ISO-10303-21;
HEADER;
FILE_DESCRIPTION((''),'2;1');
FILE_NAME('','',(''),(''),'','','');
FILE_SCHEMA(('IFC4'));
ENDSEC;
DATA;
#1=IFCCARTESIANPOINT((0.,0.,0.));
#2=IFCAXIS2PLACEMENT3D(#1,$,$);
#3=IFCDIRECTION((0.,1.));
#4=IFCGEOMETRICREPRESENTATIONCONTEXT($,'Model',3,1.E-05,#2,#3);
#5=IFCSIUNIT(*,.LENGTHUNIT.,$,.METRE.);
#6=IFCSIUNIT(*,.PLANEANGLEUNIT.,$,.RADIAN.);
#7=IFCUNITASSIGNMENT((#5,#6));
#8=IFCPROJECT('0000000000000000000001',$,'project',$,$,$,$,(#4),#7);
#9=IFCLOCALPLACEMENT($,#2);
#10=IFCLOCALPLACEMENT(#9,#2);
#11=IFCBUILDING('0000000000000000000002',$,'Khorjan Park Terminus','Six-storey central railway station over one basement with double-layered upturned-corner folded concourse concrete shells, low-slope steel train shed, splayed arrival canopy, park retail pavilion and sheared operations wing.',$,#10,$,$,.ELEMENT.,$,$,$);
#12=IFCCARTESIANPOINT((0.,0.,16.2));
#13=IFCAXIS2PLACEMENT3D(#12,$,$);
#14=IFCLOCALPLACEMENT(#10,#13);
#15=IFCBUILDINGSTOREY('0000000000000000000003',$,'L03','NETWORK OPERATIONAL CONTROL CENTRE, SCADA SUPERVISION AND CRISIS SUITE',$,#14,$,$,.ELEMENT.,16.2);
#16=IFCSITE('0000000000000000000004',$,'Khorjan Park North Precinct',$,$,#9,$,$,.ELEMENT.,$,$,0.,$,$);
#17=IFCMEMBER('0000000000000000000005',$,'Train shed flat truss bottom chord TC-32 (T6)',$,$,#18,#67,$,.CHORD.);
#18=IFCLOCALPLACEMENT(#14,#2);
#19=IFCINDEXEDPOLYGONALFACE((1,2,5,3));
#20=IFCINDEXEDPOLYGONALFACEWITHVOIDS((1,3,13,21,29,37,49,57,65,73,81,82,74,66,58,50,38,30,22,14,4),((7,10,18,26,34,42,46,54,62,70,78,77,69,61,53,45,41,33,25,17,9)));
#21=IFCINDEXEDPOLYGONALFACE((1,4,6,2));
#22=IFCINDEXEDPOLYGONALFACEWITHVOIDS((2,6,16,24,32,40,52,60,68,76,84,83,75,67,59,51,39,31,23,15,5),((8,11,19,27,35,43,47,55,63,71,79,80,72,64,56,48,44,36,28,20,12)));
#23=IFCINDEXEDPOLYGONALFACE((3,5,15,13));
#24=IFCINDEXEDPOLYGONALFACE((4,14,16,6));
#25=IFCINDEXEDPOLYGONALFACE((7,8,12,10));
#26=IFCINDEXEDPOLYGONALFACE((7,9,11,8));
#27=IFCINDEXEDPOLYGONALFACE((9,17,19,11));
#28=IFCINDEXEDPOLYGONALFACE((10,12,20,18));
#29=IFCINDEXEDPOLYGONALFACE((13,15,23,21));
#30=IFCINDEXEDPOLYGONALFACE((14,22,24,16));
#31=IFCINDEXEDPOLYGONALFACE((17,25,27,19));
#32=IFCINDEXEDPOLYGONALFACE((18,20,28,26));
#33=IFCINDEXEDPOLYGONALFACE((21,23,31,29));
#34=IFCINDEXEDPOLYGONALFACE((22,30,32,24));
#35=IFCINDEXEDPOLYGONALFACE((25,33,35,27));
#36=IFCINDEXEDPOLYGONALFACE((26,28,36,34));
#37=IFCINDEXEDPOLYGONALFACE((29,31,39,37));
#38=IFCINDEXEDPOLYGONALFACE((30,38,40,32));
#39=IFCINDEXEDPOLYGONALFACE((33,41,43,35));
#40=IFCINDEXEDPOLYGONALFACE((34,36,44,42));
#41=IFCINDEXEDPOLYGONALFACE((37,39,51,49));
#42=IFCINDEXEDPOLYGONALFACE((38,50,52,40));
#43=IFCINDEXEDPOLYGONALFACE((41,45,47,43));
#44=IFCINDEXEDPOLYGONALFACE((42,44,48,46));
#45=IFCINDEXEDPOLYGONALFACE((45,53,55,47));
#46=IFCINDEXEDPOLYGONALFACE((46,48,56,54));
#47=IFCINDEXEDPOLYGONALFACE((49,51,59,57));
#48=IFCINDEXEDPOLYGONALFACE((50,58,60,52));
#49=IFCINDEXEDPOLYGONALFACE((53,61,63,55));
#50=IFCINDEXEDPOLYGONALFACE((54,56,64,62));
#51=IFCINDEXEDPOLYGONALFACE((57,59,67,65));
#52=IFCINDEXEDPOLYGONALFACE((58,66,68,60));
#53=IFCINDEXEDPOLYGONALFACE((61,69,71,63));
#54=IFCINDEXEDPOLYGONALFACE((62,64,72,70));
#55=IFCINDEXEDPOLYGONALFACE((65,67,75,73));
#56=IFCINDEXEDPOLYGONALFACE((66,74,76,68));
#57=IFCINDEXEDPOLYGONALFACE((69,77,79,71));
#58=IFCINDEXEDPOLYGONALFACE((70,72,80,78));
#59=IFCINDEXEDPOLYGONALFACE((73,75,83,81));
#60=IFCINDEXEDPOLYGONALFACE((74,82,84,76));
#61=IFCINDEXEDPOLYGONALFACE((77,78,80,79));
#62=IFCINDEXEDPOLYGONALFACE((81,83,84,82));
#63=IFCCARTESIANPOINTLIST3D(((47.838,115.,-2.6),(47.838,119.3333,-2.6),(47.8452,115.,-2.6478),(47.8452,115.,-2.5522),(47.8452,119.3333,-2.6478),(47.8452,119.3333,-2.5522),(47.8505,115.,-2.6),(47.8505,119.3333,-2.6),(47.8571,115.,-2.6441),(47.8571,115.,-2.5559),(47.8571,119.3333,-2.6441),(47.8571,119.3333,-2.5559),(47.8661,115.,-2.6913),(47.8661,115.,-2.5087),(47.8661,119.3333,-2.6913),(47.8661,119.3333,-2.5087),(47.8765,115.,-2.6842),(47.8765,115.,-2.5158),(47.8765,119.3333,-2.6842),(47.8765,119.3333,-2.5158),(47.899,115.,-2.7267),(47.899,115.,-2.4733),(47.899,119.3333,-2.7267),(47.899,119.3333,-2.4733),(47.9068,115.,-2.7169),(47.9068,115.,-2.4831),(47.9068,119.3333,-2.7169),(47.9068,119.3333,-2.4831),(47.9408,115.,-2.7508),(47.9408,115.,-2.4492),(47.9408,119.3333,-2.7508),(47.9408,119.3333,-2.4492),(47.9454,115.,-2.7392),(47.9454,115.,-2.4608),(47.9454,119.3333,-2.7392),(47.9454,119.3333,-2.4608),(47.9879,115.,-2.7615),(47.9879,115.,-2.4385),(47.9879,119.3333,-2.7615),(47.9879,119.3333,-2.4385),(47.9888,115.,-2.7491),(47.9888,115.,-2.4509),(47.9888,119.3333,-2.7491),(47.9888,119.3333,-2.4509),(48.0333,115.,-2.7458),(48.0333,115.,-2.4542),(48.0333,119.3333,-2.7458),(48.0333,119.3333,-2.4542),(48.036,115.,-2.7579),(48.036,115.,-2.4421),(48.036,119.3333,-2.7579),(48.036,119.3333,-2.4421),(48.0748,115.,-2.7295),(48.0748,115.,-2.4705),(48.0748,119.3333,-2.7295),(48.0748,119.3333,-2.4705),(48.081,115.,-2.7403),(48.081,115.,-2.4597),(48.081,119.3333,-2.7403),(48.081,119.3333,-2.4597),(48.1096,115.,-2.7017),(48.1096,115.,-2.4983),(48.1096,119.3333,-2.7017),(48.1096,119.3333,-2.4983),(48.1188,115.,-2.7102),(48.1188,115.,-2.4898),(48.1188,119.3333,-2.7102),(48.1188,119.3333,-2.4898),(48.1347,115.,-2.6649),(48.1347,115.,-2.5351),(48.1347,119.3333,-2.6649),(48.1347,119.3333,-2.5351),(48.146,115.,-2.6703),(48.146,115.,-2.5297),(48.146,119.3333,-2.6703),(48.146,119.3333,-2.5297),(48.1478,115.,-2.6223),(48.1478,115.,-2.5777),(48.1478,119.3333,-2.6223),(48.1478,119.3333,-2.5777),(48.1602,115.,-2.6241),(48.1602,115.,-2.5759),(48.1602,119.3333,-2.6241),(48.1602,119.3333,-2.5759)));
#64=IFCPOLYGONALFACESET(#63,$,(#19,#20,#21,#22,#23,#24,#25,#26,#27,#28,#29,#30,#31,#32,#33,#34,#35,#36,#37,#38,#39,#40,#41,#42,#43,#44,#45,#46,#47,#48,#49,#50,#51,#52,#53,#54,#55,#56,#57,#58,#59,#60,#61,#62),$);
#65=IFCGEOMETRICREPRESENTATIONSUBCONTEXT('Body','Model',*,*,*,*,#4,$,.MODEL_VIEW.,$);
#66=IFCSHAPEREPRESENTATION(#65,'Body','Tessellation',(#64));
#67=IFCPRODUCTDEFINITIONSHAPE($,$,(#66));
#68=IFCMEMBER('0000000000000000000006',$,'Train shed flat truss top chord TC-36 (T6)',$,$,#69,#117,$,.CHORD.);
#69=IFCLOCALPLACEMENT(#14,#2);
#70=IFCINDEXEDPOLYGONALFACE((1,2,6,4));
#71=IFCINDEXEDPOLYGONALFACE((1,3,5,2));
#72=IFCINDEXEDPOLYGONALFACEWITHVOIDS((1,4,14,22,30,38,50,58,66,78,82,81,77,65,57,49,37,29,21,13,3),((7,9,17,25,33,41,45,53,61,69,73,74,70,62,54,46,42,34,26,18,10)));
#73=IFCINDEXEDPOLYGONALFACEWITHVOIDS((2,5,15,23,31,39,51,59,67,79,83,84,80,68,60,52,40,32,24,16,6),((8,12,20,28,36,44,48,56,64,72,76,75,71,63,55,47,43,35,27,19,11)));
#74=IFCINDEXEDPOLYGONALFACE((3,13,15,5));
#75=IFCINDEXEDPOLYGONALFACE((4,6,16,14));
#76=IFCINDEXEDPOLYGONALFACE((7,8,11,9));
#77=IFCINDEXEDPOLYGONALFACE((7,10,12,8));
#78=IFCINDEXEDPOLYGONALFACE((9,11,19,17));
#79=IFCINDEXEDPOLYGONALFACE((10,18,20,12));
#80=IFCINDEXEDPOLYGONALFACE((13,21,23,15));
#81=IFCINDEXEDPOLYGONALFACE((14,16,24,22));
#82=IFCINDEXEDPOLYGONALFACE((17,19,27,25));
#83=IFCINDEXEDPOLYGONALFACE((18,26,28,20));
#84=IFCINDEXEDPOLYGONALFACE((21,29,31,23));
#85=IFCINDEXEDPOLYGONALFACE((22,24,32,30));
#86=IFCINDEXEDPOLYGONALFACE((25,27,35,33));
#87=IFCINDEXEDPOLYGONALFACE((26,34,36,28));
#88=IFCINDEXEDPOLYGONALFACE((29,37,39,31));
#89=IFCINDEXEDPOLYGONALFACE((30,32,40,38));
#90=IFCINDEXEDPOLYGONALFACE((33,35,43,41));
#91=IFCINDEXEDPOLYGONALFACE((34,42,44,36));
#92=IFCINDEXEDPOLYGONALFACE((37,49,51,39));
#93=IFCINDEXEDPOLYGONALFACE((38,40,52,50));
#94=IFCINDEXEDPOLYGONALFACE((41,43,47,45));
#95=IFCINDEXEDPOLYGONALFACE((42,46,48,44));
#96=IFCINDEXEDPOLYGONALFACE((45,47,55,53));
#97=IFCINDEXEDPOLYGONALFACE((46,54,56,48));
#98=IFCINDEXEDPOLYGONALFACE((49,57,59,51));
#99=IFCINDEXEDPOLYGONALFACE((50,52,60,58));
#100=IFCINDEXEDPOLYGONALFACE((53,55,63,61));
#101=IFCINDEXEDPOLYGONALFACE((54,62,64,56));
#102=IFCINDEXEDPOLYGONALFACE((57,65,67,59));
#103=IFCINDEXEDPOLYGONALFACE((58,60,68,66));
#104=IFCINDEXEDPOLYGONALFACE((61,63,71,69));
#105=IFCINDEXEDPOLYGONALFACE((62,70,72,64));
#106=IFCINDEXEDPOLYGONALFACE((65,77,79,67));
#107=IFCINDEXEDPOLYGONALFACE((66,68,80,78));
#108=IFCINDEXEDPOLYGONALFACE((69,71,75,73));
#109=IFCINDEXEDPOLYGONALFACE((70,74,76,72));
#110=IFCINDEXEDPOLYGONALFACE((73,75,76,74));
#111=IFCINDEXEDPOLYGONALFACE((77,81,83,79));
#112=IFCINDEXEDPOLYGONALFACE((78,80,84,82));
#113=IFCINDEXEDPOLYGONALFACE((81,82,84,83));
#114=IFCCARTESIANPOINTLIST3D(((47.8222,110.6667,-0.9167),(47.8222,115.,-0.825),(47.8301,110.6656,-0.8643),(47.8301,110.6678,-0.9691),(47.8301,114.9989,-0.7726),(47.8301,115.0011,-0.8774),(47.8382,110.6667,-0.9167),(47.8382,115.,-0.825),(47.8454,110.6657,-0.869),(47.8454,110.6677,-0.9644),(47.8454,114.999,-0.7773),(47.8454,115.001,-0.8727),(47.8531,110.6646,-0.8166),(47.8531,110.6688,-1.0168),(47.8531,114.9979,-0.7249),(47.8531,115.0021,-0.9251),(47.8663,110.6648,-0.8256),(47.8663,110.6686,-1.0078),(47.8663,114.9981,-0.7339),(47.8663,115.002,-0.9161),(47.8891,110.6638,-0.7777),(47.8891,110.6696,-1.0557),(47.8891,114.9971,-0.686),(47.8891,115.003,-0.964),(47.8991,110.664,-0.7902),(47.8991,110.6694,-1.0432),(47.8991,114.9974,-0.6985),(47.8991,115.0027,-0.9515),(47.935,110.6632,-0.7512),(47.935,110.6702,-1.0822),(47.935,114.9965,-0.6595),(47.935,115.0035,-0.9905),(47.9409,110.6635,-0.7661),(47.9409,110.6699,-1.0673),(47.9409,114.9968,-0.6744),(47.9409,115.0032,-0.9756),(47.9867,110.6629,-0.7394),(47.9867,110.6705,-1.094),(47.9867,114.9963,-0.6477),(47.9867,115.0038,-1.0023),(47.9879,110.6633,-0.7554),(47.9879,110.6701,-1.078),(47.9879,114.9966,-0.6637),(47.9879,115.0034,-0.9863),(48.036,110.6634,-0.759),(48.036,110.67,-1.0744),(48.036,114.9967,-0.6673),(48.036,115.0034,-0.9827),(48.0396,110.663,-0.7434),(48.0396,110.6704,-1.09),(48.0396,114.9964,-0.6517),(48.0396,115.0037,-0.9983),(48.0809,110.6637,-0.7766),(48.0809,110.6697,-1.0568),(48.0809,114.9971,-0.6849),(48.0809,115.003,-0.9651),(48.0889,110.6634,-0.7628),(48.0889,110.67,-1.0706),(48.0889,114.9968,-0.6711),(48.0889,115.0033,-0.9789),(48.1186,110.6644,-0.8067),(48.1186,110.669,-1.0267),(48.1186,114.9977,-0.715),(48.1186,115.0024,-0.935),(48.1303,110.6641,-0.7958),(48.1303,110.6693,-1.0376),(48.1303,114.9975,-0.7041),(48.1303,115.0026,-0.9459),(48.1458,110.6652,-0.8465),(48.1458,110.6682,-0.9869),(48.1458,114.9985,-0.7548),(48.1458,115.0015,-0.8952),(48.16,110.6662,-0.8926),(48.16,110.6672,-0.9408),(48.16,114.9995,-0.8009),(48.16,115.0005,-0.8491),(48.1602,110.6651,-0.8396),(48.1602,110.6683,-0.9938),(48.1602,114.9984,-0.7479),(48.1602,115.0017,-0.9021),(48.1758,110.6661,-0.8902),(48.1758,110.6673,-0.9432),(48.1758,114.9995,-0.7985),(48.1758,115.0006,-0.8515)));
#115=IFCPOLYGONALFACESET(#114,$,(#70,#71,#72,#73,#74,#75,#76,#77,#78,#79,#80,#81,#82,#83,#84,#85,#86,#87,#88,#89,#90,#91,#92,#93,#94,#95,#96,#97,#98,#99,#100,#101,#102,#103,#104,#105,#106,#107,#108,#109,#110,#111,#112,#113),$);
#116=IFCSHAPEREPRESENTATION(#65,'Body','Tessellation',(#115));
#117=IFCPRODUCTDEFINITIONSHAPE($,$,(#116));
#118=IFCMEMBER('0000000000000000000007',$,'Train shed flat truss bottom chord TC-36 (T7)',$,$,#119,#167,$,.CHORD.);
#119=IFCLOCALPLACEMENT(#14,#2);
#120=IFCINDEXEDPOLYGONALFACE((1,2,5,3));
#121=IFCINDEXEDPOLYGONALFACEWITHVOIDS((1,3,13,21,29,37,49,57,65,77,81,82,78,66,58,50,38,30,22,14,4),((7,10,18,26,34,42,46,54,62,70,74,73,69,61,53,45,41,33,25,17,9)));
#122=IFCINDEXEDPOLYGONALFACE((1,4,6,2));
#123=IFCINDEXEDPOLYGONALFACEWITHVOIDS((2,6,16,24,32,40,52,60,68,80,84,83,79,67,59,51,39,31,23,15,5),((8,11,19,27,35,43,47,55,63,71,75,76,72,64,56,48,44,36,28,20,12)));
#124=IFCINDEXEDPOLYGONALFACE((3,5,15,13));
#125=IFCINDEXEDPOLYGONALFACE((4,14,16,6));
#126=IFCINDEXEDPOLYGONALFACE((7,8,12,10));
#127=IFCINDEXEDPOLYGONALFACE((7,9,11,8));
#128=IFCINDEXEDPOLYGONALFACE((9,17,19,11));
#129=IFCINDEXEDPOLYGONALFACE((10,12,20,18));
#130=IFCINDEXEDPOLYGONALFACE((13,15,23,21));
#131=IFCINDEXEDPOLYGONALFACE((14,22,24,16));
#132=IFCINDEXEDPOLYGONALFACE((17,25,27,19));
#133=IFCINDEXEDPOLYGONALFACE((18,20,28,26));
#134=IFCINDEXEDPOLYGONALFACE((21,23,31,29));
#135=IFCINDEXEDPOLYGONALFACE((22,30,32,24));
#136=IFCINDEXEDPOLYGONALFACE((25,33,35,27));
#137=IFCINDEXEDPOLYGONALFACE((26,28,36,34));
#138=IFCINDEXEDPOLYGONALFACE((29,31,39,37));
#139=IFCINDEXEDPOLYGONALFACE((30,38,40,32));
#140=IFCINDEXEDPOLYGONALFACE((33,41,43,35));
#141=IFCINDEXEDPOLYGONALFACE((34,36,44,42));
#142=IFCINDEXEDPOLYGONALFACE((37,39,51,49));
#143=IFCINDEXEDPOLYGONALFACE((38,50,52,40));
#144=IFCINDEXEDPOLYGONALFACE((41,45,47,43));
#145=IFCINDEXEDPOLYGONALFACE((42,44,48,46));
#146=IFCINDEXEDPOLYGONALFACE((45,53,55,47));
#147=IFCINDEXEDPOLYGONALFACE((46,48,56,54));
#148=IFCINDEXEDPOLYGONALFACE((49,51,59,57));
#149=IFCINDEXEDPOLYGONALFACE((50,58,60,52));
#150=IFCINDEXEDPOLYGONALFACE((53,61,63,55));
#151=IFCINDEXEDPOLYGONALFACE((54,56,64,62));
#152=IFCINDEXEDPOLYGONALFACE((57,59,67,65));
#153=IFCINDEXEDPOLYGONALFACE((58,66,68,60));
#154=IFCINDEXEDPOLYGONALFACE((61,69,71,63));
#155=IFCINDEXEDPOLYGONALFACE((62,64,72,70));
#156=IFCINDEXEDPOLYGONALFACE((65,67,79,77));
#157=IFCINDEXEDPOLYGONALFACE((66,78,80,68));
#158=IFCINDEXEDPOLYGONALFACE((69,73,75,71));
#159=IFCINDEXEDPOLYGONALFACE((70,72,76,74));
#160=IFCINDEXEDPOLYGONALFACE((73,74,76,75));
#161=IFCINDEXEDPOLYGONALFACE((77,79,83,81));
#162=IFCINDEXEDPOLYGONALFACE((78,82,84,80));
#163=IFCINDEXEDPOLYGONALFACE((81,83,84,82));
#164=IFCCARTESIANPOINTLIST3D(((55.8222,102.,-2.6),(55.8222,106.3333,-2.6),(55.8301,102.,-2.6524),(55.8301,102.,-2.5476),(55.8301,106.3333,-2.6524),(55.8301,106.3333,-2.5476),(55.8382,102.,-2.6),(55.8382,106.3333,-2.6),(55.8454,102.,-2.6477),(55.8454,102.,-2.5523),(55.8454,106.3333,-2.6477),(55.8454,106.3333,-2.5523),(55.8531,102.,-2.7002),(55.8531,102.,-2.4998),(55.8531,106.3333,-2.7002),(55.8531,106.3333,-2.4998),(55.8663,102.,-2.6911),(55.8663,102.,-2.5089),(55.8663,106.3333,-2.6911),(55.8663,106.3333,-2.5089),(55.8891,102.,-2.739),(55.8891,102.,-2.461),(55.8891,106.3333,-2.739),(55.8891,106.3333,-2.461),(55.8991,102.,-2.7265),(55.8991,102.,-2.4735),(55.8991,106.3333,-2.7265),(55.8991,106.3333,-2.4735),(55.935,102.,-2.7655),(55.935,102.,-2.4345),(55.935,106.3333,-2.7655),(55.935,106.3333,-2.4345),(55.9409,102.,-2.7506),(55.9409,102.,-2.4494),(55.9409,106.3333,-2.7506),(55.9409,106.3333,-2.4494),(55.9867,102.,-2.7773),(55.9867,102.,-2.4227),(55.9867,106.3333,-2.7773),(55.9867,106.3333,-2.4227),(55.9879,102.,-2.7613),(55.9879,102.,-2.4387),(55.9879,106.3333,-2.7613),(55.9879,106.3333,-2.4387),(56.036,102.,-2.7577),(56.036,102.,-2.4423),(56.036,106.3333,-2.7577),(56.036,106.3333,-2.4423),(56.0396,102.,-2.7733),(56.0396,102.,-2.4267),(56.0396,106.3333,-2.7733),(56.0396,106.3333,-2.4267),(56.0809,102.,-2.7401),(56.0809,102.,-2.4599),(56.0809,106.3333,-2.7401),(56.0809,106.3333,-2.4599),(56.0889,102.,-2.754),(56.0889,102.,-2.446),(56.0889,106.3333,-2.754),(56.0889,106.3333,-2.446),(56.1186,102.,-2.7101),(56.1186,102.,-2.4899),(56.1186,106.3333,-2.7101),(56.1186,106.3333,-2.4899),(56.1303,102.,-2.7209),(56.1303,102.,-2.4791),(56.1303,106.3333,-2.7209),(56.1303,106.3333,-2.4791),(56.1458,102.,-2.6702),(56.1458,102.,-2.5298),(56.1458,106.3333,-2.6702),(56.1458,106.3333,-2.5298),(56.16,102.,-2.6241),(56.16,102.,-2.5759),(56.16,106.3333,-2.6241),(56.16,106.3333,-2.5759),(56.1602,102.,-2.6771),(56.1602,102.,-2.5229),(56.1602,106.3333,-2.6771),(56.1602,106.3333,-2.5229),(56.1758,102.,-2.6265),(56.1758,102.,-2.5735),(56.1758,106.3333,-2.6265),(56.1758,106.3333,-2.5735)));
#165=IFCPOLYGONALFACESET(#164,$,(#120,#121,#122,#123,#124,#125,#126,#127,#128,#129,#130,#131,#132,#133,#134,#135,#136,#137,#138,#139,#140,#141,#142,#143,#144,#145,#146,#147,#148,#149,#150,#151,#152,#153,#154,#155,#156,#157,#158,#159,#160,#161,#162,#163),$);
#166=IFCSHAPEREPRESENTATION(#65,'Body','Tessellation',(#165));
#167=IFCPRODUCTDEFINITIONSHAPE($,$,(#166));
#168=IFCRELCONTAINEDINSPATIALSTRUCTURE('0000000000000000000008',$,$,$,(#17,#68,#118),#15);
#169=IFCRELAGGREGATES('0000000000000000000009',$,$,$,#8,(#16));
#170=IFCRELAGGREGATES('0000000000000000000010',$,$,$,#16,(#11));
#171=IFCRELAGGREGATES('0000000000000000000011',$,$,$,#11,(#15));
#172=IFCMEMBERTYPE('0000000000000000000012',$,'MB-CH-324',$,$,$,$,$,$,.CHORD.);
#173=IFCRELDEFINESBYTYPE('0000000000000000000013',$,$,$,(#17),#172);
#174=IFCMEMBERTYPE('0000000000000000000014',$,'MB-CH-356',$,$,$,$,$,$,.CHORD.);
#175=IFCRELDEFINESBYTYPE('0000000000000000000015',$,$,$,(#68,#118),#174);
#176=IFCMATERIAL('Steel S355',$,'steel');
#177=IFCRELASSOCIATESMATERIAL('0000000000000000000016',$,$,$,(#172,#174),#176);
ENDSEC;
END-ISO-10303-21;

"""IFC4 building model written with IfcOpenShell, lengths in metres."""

from ifc_helpers import new_model, si_unit, direction, frame, origin, origin_2d, place, context, subcontext, project, spatial, hollow_circle, extrude, material, material_profile, profile_set, type_object, element, save


model = new_model("IFC4")

# Units and contexts
model_context = context("Model", 3, precision=1e-05, world=origin(), true_north=direction((0.0, 1.0)))
body_context = subcontext(model_context, "Body", "Model", "MODEL_VIEW")
ifc_project = project(units=[si_unit("LENGTHUNIT", "METRE"), si_unit("PLANEANGLEUNIT", "RADIAN")], contexts=[model_context])

# Site, building, storey
site_placement = place(None, origin())
site = spatial("IfcSite", under=ifc_project, at=site_placement, Name="Khorjan Park North Precinct", CompositionType="ELEMENT", RefElevation=0.0)
building_placement = place(site_placement, origin())
building = spatial("IfcBuilding", under=site, at=building_placement, Name="Khorjan Park Terminus", Description="Six-storey central railway station over one basement with double-layered upturned-corner folded concourse concrete shells, low-slope steel train shed, splayed arrival canopy, park retail pavilion and sheared operations wing.", CompositionType="ELEMENT")
storey_placement = place(building_placement, frame((0.0, 0.0, 16.2)))
storey = spatial("IfcBuildingStorey", under=building, at=storey_placement, Name="L03", Description="NETWORK OPERATIONAL CONTROL CENTRE, SCADA SUPERVISION AND CRISIS SUITE", CompositionType="ELEMENT", Elevation=16.2)

# Members
ifc_material = material(Name="Steel S355", Category="steel")
ifc_material_profile_1 = material_profile(ifc_material, hollow_circle(Radius=0.162, WallThickness=0.0125, at=origin_2d()), Name="CHS 323.9x12.5")
ifc_profile_set_1 = profile_set([ifc_material_profile_1], Name="Steel S355")
member_type_1 = type_object("IfcMemberType", Name="MB-CH-324", PredefinedType="CHORD", material=ifc_profile_set_1)
for number, where, z_axis, x_axis, name in (
    (1, (48.0, 115.0, -2.6), (0.0, 1.0, 0.0), (-1.0, 0.0, 0.0), "Train shed flat truss bottom chord TC-32 (T6)"),
):
    element("IfcMember", number, at=place(storey_placement, frame(where, z_axis=z_axis, x_axis=x_axis)), inside=storey, type_object=member_type_1, Name=name, PredefinedType="CHORD", context=body_context, shape_type="SweptSolid", body=[
        extrude(hollow_circle(Radius=0.162, WallThickness=0.0125, at=origin_2d()), origin(), (0.0, 0.0, 1.0), 4.3333),
    ])
ifc_material_profile_2 = material_profile(ifc_material, hollow_circle(Radius=0.1778, WallThickness=0.016, at=origin_2d()), Name="CHS 355.6x16")
ifc_profile_set_2 = profile_set([ifc_material_profile_2], Name="Steel S355")
member_type_2 = type_object("IfcMemberType", Name="MB-CH-356", PredefinedType="CHORD", material=ifc_profile_set_2)
member_1_placement = place(storey_placement, frame((48.0, 110.6667, -0.9167), z_axis=(0.0, 0.999776, 0.021157), x_axis=(-1.0, 0.0, 0.0)))
element("IfcMember", 2, at=member_1_placement, inside=storey, type_object=member_type_2, Name="Train shed flat truss top chord TC-36 (T6)", PredefinedType="CHORD", context=body_context, shape_type="SweptSolid", body=[
    extrude(hollow_circle(Radius=0.1778, WallThickness=0.016, at=origin_2d()), origin(), (0.0, 0.0, 1.0), 4.3343),
])
member_2_placement = place(storey_placement, frame((56.0, 102.0, -2.6), z_axis=(0.0, 1.0, 0.0), x_axis=(-1.0, 0.0, 0.0)))
element("IfcMember", 3, at=member_2_placement, inside=storey, type_object=member_type_2, Name="Train shed flat truss bottom chord TC-36 (T7)", PredefinedType="CHORD", context=body_context, shape_type="SweptSolid", body=[
    extrude(hollow_circle(Radius=0.1778, WallThickness=0.016, at=origin_2d()), origin(), (0.0, 0.0, 1.0), 4.3333),
])

save(model, "model.ifc")
